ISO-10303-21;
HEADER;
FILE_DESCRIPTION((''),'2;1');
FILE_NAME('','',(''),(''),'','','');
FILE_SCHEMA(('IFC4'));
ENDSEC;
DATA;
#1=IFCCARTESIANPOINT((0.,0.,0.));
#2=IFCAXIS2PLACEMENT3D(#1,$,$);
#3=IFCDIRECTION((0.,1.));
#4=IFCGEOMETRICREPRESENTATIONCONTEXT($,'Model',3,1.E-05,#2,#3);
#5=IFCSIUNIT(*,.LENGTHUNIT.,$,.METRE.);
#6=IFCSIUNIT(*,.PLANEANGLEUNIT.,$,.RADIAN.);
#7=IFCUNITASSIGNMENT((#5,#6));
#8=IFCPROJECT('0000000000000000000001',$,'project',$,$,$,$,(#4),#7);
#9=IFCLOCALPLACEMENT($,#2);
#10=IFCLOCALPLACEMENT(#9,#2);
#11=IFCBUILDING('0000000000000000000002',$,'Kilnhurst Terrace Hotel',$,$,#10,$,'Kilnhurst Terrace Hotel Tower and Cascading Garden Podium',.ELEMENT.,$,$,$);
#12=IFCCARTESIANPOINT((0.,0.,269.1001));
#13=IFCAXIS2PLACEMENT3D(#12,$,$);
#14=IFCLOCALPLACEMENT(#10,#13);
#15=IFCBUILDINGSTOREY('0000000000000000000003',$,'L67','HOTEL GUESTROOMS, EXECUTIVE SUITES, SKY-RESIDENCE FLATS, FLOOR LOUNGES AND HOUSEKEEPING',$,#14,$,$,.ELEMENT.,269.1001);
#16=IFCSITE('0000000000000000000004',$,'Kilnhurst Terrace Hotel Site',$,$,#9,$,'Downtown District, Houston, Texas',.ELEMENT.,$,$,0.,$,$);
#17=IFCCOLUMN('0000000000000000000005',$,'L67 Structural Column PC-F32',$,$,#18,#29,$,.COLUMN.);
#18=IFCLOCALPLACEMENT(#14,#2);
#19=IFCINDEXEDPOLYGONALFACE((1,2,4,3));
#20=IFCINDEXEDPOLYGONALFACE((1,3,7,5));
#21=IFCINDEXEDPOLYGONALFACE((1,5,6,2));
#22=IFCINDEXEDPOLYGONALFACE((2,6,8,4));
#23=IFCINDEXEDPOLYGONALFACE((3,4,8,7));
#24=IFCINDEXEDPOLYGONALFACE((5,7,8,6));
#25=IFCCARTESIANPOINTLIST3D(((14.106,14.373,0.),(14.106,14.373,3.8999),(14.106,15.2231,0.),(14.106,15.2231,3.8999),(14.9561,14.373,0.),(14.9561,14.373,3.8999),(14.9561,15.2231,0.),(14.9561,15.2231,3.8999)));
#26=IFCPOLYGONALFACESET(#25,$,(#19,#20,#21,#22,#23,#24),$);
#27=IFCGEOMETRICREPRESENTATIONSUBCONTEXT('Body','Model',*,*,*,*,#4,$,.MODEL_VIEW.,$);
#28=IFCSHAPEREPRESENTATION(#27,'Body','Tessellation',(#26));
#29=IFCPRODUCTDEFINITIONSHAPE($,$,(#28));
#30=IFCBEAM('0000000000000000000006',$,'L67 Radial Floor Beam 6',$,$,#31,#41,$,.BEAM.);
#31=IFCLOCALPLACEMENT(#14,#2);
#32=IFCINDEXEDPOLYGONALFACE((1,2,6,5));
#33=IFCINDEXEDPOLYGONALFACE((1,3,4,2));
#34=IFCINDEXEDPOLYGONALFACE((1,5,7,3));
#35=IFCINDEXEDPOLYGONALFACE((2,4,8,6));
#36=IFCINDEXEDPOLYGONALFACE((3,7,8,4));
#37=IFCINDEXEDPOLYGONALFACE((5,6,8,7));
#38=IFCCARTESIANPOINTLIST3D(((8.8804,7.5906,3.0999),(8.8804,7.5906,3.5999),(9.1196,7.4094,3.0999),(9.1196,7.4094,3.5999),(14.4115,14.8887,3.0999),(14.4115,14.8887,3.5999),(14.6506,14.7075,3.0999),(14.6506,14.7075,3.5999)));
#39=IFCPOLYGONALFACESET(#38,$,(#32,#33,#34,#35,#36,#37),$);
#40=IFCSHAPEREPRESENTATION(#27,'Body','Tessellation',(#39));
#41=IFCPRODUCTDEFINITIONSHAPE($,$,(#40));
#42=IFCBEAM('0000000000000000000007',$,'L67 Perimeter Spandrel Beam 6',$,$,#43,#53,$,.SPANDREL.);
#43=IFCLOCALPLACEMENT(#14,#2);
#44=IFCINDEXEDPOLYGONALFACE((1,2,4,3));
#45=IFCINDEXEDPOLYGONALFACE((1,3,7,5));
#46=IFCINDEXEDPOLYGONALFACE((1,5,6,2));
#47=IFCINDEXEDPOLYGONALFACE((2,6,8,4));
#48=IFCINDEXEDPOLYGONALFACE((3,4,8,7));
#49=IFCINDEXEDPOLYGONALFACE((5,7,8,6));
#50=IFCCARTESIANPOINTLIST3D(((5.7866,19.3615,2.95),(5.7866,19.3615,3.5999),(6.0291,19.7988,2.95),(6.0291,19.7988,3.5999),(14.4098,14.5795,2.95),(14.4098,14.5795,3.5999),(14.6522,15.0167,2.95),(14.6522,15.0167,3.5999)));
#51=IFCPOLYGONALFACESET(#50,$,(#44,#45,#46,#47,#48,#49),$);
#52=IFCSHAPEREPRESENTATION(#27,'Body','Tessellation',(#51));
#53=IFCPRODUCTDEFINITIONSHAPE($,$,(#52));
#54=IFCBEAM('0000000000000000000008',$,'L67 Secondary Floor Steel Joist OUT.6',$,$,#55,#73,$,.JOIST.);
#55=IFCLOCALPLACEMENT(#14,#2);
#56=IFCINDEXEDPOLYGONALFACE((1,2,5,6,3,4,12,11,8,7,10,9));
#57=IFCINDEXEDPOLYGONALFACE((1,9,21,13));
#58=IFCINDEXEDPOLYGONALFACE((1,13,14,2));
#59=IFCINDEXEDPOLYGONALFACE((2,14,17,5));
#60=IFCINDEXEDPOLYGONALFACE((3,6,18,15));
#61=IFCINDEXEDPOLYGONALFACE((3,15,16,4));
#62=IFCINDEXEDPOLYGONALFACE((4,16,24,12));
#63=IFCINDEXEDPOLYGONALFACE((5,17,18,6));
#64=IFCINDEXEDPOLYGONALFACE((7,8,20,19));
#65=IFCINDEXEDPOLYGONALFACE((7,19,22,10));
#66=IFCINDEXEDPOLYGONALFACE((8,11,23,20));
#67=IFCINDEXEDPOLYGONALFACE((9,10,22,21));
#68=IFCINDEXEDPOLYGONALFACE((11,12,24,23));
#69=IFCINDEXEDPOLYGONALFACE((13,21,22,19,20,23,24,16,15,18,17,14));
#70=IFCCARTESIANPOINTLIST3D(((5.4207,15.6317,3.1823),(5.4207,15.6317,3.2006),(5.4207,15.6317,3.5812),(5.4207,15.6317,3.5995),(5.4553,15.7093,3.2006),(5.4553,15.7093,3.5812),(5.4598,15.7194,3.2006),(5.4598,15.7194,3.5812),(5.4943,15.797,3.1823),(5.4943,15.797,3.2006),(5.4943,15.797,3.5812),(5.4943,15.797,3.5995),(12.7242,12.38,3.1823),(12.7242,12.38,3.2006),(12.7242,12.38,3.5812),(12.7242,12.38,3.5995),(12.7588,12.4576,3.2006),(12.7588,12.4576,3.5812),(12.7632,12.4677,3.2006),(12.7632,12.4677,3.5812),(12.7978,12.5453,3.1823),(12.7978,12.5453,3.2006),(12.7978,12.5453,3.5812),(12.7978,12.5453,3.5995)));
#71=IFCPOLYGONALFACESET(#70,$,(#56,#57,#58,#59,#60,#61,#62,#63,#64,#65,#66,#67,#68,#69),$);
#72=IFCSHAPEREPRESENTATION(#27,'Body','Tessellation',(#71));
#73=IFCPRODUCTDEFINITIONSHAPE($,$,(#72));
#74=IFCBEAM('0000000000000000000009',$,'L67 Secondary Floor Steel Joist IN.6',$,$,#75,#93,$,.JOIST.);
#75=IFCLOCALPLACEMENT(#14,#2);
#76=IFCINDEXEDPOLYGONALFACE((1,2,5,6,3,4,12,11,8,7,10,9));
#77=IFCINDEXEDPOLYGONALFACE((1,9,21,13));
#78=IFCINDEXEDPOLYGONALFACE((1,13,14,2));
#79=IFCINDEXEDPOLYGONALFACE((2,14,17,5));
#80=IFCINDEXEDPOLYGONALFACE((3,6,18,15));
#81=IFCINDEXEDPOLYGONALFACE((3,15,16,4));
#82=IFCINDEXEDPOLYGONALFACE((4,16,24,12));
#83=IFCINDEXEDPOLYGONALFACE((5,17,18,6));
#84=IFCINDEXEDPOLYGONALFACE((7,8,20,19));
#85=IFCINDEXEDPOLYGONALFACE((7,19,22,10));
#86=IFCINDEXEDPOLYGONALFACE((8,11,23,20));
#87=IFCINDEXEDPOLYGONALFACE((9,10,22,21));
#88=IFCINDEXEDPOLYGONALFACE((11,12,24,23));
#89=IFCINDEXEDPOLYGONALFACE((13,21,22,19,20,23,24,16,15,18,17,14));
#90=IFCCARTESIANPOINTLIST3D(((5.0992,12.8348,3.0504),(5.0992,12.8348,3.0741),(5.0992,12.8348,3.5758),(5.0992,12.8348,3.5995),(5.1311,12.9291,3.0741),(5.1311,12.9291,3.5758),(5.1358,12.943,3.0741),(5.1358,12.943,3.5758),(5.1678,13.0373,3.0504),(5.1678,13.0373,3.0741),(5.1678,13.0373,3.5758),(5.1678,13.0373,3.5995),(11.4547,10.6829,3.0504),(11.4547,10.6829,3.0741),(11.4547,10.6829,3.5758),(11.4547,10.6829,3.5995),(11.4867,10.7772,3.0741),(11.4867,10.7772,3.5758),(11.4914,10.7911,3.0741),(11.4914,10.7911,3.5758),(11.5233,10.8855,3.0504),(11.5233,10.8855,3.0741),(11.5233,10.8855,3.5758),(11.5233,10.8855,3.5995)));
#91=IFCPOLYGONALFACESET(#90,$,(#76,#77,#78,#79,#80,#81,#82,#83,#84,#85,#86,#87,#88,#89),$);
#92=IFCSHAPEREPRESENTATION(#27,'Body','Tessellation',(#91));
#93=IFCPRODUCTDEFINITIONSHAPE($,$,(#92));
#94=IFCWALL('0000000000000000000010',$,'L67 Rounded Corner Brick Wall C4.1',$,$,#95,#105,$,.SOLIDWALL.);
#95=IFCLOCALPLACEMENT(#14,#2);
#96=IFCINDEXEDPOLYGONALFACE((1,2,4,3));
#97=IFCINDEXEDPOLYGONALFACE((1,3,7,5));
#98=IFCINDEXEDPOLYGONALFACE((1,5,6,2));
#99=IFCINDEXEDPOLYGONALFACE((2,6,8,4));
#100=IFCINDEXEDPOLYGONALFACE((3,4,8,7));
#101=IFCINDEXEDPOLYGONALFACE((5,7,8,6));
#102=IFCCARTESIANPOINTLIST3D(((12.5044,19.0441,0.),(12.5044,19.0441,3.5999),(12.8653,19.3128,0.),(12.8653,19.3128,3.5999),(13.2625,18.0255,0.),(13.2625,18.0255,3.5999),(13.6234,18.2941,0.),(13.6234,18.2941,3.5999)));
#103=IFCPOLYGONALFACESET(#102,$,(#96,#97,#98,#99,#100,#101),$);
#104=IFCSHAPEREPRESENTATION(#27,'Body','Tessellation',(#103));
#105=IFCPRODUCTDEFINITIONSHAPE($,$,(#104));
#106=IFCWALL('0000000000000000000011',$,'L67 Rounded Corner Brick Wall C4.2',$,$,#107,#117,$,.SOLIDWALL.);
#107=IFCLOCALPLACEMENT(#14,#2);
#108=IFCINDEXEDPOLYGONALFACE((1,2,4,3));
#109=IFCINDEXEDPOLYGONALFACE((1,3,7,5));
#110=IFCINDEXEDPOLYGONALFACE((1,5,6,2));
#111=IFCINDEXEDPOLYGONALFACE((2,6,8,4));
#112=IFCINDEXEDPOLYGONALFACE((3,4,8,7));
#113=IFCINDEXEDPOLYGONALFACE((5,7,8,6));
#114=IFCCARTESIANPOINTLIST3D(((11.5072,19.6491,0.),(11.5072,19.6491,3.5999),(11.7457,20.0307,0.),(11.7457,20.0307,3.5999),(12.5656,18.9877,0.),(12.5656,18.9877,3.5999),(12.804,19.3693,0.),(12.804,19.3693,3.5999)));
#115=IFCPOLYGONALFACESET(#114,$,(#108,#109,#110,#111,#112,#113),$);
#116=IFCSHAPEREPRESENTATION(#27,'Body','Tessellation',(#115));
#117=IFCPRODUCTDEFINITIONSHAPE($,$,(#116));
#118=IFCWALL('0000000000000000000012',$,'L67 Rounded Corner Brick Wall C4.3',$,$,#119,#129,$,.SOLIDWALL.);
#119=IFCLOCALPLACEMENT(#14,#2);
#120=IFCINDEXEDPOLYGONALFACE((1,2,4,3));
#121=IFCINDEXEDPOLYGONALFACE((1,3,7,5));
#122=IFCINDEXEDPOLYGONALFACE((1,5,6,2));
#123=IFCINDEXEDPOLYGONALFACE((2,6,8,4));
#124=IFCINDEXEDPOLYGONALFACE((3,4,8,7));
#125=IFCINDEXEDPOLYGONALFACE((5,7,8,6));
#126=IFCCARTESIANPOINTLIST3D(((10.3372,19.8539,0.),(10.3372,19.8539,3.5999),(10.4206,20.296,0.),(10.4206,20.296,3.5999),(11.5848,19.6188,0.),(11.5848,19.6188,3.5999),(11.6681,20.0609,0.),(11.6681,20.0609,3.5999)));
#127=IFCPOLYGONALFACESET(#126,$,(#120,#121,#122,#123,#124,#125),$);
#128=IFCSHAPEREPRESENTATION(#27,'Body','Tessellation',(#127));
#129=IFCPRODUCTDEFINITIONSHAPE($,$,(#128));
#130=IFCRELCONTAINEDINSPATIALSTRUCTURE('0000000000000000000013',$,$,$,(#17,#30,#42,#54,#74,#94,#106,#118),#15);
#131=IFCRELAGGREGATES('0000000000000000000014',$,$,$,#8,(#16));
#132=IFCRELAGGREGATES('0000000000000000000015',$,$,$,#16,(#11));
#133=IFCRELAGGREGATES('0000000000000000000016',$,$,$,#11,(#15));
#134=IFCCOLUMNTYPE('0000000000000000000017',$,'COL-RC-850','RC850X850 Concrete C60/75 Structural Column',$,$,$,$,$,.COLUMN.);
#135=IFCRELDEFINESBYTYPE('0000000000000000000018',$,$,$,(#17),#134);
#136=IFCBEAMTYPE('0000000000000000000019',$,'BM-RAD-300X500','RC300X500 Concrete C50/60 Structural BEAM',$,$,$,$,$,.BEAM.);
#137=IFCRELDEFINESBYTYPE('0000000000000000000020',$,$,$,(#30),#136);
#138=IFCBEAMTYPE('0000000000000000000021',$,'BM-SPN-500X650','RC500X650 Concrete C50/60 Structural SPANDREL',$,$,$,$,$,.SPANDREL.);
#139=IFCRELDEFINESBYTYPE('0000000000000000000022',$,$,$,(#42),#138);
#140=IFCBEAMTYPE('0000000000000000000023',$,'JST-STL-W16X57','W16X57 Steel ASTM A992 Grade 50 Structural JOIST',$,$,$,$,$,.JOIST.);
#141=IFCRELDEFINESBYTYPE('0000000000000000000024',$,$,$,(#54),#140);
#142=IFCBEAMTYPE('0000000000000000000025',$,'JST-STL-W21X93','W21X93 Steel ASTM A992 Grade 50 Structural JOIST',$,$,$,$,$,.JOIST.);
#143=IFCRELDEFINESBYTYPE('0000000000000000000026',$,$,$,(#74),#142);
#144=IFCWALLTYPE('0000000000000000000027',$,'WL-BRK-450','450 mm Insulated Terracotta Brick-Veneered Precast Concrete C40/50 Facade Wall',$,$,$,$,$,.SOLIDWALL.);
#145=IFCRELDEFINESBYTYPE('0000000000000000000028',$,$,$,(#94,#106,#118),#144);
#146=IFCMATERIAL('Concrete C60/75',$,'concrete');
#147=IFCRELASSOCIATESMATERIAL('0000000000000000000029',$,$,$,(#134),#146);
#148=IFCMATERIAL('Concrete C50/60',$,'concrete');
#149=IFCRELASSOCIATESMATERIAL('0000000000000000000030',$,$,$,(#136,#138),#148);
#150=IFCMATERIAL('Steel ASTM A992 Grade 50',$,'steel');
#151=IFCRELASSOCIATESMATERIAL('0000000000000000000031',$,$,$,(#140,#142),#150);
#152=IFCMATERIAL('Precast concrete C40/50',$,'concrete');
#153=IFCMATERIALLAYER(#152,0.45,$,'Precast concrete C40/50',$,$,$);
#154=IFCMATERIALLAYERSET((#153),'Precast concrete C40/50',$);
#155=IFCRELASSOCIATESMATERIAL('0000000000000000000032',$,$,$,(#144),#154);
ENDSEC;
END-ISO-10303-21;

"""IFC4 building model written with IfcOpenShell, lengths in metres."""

from ifc_helpers import new_model, si_unit, direction, frame, frame_2d, origin, origin_2d, place, context, subcontext, project, spatial, rectangle, i_section, extrude, material, layer, layer_set, material_profile, profile_set, type_object, element, save


model = new_model("IFC4")

# Units and contexts
model_context = context("Model", 3, precision=1e-05, world=origin(), true_north=direction((0.0, 1.0)))
body_context = subcontext(model_context, "Body", "Model", "MODEL_VIEW")
ifc_project = project(units=[si_unit("LENGTHUNIT", "METRE"), si_unit("PLANEANGLEUNIT", "RADIAN")], contexts=[model_context])

# Site, building, storey
site_placement = place(None, origin())
site = spatial("IfcSite", under=ifc_project, at=site_placement, Name="Kilnhurst Terrace Hotel Site", LongName="Downtown District, Houston, Texas", CompositionType="ELEMENT", RefElevation=0.0)
building_placement = place(site_placement, origin())
building = spatial("IfcBuilding", under=site, at=building_placement, Name="Kilnhurst Terrace Hotel", LongName="Kilnhurst Terrace Hotel Tower and Cascading Garden Podium", CompositionType="ELEMENT")
storey_placement = place(building_placement, frame((0.0, 0.0, 269.1001)))
storey = spatial("IfcBuildingStorey", under=building, at=storey_placement, Name="L67", Description="HOTEL GUESTROOMS, EXECUTIVE SUITES, SKY-RESIDENCE FLATS, FLOOR LOUNGES AND HOUSEKEEPING", CompositionType="ELEMENT", Elevation=269.1001)

# Column
ifc_material_1 = material(Name="Concrete C60/75", Category="concrete")
ifc_material_profile_1 = material_profile(ifc_material_1, rectangle(XDim=0.8501, YDim=0.8501, at=origin_2d()), Name="RC850X850")
ifc_profile_set_1 = profile_set([ifc_material_profile_1], Name="Concrete C60/75")
column_type = type_object("IfcColumnType", Name="COL-RC-850", Description="RC850X850 Concrete C60/75 Structural Column", PredefinedType="COLUMN", material=ifc_profile_set_1)
column_placement = place(storey_placement, frame((14.531, 14.7981, 0.0), z_axis=(0.0, 0.0, 1.0), x_axis=(1.0, 0.0, 0.0)))
element("IfcColumn", 1, at=column_placement, inside=storey, type_object=column_type, Name="L67 Structural Column PC-F32", PredefinedType="COLUMN", context=body_context, shape_type="SweptSolid", body=[
    extrude(rectangle(XDim=0.8501, YDim=0.8501, at=origin_2d()), origin(), (0.0, 0.0, 1.0), 3.8999),
])

# Beams
ifc_material_2 = material(Name="Concrete C50/60", Category="concrete")
ifc_material_profile_2 = material_profile(ifc_material_2, rectangle(XDim=0.3, YDim=0.5, at=origin_2d()), Name="RC300X500")
ifc_profile_set_2 = profile_set([ifc_material_profile_2], Name="Concrete C50/60")
beam_type_1 = type_object("IfcBeamType", Name="BM-RAD-300X500", Description="RC300X500 Concrete C50/60 Structural BEAM", PredefinedType="BEAM", material=ifc_profile_set_2)
beam_1_placement = place(storey_placement, frame((9.0, 7.5, 3.3499), z_axis=(0.604007, 0.796979, 0.0), x_axis=(-0.796979, 0.604007, 0.0)))
element("IfcBeam", 2, at=beam_1_placement, inside=storey, type_object=beam_type_1, Name="L67 Radial Floor Beam 6", PredefinedType="BEAM", context=body_context, shape_type="SweptSolid", body=[
    extrude(rectangle(XDim=0.3, YDim=0.5, at=origin_2d()), origin(), (0.0, 0.0, 1.0), 9.1572),
])
ifc_material_profile_3 = material_profile(ifc_material_2, rectangle(XDim=0.5, YDim=0.6499, at=origin_2d()), Name="RC500X650")
ifc_profile_set_3 = profile_set([ifc_material_profile_3], Name="Concrete C50/60")
beam_type_2 = type_object("IfcBeamType", Name="BM-SPN-500X650", Description="RC500X650 Concrete C50/60 Structural SPANDREL", PredefinedType="SPANDREL", material=ifc_profile_set_3)
beam_2_placement = place(storey_placement, frame((14.531, 14.7981, 3.2749), z_axis=(-0.874527, 0.484976, 0.0), x_axis=(-0.484976, -0.874527, 0.0)))
element("IfcBeam", 3, at=beam_2_placement, inside=storey, type_object=beam_type_2, Name="L67 Perimeter Spandrel Beam 6", PredefinedType="SPANDREL", context=body_context, shape_type="SweptSolid", body=[
    extrude(rectangle(XDim=0.5, YDim=0.6499, at=origin_2d()), origin(), (0.0, 0.0, 1.0), 9.8604),
])
ifc_material_3 = material(Name="Steel ASTM A992 Grade 50", Category="steel")
ifc_material_profile_4 = material_profile(ifc_material_3, i_section(OverallWidth=0.1809, OverallDepth=0.4172, WebThickness=0.011, FlangeThickness=0.0183, at=origin_2d()), Name="W16X57")
ifc_profile_set_4 = profile_set([ifc_material_profile_4], Name="Steel ASTM A992 Grade 50")
beam_type_3 = type_object("IfcBeamType", Name="JST-STL-W16X57", Description="W16X57 Steel ASTM A992 Grade 50 Structural JOIST", PredefinedType="JOIST", material=ifc_profile_set_4)
beam_3_placement = place(storey_placement, frame((12.761, 12.4626, 3.3909), z_axis=(-0.913546, 0.406736, 0.0), x_axis=(-0.406736, -0.913546, 0.0)))
element("IfcBeam", 4, at=beam_3_placement, inside=storey, type_object=beam_type_3, Name="L67 Secondary Floor Steel Joist OUT.6", PredefinedType="JOIST", context=body_context, shape_type="SweptSolid", body=[
    extrude(i_section(OverallWidth=0.1809, OverallDepth=0.4172, WebThickness=0.011, FlangeThickness=0.0183, at=origin_2d()), origin(), (0.0, 0.0, 1.0), 7.9946),
])
ifc_material_profile_5 = material_profile(ifc_material_3, i_section(OverallWidth=0.2139, OverallDepth=0.5491, WebThickness=0.0146, FlangeThickness=0.0237, at=origin_2d()), Name="W21X93")
ifc_profile_set_5 = profile_set([ifc_material_profile_5], Name="Steel ASTM A992 Grade 50")
beam_type_4 = type_object("IfcBeamType", Name="JST-STL-W21X93", Description="W21X93 Steel ASTM A992 Grade 50 Structural JOIST", PredefinedType="JOIST", material=ifc_profile_set_5)
beam_4_placement = place(storey_placement, frame((11.489, 10.7842, 3.325), z_axis=(-0.947181, 0.3207, 0.0), x_axis=(-0.3207, -0.947181, 0.0)))
element("IfcBeam", 5, at=beam_4_placement, inside=storey, type_object=beam_type_4, Name="L67 Secondary Floor Steel Joist IN.6", PredefinedType="JOIST", context=body_context, shape_type="SweptSolid", body=[
    extrude(i_section(OverallWidth=0.2139, OverallDepth=0.5491, WebThickness=0.0146, FlangeThickness=0.0237, at=origin_2d()), origin(), (0.0, 0.0, 1.0), 6.71),
])

# Walls
ifc_material_4 = material(Name="Precast concrete C40/50", Category="concrete")
ifc_layer_1 = layer(ifc_material_4, 0.45, Name="Precast concrete C40/50")
ifc_layer_set_1 = layer_set([ifc_layer_1], Name="Precast concrete C40/50")
wall_type_1 = type_object("IfcWallType", Name="WL-BRK-450", Description="450 mm Insulated Terracotta Brick-Veneered Precast Concrete C40/50 Facade Wall", PredefinedType="SOLIDWALL", material=ifc_layer_set_1)
wall_1_placement = place(storey_placement, frame((13.4429, 18.1599, 0.0), z_axis=(0.0, 0.0, 1.0), x_axis=(-0.597042, 0.80221, 0.0)))
element("IfcWall", 6, at=wall_1_placement, inside=storey, type_object=wall_type_1, Name="L67 Rounded Corner Brick Wall C4.1", PredefinedType="SOLIDWALL", context=body_context, shape_type="SweptSolid", body=[
    extrude(rectangle(XDim=1.2698, YDim=0.45, at=frame_2d((0.6348, 0.0))), origin(), (0.0, 0.0, 1.0), 3.5999),
])
wall_2_placement = place(storey_placement, frame((12.6848, 19.1785, 0.0), z_axis=(0.0, 0.0, 1.0), x_axis=(-0.848031, 0.529946, 0.0)))
element("IfcWall", 7, at=wall_2_placement, inside=storey, type_object=wall_type_1, Name="L67 Rounded Corner Brick Wall C4.2", PredefinedType="SOLIDWALL", context=body_context, shape_type="SweptSolid", body=[
    extrude(rectangle(XDim=1.248, YDim=0.45, at=frame_2d((0.624, 0.0))), origin(), (0.0, 0.0, 1.0), 3.5999),
])
wall_3_placement = place(storey_placement, frame((11.6265, 19.8398, 0.0), z_axis=(0.0, 0.0, 1.0), x_axis=(-0.982702, 0.185194, 0.0)))
element("IfcWall", 8, at=wall_3_placement, inside=storey, type_object=wall_type_1, Name="L67 Rounded Corner Brick Wall C4.3", PredefinedType="SOLIDWALL", context=body_context, shape_type="SweptSolid", body=[
    extrude(rectangle(XDim=1.2695, YDim=0.45, at=frame_2d((0.6348, 0.0))), origin(), (0.0, 0.0, 1.0), 3.5999),
])

save(model, "model.ifc")
